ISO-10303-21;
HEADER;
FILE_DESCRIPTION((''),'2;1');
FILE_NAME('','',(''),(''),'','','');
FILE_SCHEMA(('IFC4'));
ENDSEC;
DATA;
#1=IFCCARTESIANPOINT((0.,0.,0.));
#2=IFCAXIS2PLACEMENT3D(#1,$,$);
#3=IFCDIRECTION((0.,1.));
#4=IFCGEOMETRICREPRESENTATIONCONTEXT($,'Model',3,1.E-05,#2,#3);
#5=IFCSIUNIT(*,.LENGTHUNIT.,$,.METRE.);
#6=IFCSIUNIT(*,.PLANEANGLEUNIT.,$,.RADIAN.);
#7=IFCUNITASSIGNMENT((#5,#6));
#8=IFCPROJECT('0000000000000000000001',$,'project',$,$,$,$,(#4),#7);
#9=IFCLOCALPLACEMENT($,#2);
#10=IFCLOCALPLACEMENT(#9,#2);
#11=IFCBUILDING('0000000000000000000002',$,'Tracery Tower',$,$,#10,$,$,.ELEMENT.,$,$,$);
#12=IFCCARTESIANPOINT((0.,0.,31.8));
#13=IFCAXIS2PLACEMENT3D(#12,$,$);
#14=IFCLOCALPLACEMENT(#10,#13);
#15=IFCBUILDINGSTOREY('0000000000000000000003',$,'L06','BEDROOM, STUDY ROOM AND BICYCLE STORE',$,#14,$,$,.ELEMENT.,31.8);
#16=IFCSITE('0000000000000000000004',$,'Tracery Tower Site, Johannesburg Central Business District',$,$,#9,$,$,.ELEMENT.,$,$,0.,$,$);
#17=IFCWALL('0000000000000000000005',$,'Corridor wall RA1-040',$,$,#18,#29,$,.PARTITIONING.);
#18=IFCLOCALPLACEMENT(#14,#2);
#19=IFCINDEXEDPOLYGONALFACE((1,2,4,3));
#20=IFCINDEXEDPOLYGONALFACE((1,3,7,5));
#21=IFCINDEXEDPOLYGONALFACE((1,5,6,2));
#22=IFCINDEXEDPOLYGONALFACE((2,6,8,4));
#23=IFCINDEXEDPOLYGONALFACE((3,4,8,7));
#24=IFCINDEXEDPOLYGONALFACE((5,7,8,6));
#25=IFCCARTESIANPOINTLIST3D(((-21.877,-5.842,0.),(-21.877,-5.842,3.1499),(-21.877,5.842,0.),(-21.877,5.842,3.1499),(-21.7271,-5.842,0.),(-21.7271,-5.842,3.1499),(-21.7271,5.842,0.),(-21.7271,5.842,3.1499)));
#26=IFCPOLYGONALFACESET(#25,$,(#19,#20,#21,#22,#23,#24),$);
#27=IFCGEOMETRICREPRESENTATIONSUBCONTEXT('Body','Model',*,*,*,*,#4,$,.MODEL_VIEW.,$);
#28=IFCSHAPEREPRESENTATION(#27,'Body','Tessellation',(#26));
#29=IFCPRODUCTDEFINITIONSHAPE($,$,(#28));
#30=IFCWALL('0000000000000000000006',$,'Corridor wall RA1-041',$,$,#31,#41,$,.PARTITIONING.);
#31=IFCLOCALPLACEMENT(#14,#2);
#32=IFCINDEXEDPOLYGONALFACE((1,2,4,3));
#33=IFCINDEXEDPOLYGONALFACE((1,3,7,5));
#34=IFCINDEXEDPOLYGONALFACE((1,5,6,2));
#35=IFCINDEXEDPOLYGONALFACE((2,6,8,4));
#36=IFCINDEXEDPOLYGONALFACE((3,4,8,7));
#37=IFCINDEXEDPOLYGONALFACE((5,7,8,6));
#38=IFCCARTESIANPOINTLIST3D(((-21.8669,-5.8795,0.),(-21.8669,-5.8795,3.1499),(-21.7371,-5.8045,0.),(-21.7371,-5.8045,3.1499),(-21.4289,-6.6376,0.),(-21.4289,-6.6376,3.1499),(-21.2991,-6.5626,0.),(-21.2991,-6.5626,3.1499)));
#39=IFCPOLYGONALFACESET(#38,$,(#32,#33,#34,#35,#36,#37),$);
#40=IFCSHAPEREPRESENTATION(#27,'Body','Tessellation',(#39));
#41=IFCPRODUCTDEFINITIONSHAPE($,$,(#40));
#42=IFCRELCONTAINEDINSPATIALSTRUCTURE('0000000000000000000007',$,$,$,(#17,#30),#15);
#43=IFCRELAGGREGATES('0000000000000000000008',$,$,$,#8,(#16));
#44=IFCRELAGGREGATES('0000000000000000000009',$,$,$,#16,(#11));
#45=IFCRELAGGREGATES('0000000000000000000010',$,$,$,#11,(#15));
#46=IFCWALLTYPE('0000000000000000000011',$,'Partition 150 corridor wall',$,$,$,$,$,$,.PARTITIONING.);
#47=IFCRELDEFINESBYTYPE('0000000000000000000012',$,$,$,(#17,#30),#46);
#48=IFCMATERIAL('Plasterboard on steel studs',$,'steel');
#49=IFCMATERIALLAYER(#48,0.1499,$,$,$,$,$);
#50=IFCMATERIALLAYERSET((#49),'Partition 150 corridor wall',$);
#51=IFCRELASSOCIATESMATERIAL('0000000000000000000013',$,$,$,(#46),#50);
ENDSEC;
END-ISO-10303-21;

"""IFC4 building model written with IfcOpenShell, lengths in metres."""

from ifc_helpers import new_model, si_unit, direction, frame, frame_2d, origin, place, context, subcontext, project, spatial, rectangle, extrude, material, layer, layer_set, type_object, element, save


model = new_model("IFC4")

# Units and contexts
model_context = context("Model", 3, precision=1e-05, world=origin(), true_north=direction((0.0, 1.0)))
body_context = subcontext(model_context, "Body", "Model", "MODEL_VIEW")
ifc_project = project(units=[si_unit("LENGTHUNIT", "METRE"), si_unit("PLANEANGLEUNIT", "RADIAN")], contexts=[model_context])

# Site, building, storey
site_placement = place(None, origin())
site = spatial("IfcSite", under=ifc_project, at=site_placement, Name="Tracery Tower Site, Johannesburg Central Business District", CompositionType="ELEMENT", RefElevation=0.0)
building_placement = place(site_placement, origin())
building = spatial("IfcBuilding", under=site, at=building_placement, Name="Tracery Tower", CompositionType="ELEMENT")
storey_placement = place(building_placement, frame((0.0, 0.0, 31.8)))
storey = spatial("IfcBuildingStorey", under=building, at=storey_placement, Name="L06", Description="BEDROOM, STUDY ROOM AND BICYCLE STORE", CompositionType="ELEMENT", Elevation=31.8)

# Walls
ifc_material_1 = material(Name="Plasterboard on steel studs", Category="steel")
ifc_layer_1 = layer(ifc_material_1, 0.1499)
ifc_layer_set_1 = layer_set([ifc_layer_1], Name="Partition 150 corridor wall")
wall_type_1 = type_object("IfcWallType", Name="Partition 150 corridor wall", PredefinedType="PARTITIONING", material=ifc_layer_set_1)
wall_1_placement = place(storey_placement, frame((-21.802, -5.842, 0.0), z_axis=(0.0, 0.0, 1.0), x_axis=(0.0, 1.0, 0.0)))
element("IfcWall", 1, at=wall_1_placement, inside=storey, type_object=wall_type_1, Name="Corridor wall RA1-040", PredefinedType="PARTITIONING", context=body_context, shape_type="SweptSolid", body=[
    extrude(rectangle(XDim=11.6841, YDim=0.1499, at=frame_2d((5.842, 0.0))), origin(), (0.0, 0.0, 1.0), 3.1499),
])
wall_2_placement = place(storey_placement, frame((-21.802, -5.842, 0.0), z_axis=(0.0, 0.0, 1.0), x_axis=(0.500278, -0.865865, 0.0)))
element("IfcWall", 2, at=wall_2_placement, inside=storey, type_object=wall_type_1, Name="Corridor wall RA1-041", PredefinedType="PARTITIONING", context=body_context, shape_type="SweptSolid", body=[
    extrude(rectangle(XDim=0.8755, YDim=0.1499, at=frame_2d((0.4377, 0.0))), origin(), (0.0, 0.0, 1.0), 3.1499),
])

save(model, "model.ifc")
